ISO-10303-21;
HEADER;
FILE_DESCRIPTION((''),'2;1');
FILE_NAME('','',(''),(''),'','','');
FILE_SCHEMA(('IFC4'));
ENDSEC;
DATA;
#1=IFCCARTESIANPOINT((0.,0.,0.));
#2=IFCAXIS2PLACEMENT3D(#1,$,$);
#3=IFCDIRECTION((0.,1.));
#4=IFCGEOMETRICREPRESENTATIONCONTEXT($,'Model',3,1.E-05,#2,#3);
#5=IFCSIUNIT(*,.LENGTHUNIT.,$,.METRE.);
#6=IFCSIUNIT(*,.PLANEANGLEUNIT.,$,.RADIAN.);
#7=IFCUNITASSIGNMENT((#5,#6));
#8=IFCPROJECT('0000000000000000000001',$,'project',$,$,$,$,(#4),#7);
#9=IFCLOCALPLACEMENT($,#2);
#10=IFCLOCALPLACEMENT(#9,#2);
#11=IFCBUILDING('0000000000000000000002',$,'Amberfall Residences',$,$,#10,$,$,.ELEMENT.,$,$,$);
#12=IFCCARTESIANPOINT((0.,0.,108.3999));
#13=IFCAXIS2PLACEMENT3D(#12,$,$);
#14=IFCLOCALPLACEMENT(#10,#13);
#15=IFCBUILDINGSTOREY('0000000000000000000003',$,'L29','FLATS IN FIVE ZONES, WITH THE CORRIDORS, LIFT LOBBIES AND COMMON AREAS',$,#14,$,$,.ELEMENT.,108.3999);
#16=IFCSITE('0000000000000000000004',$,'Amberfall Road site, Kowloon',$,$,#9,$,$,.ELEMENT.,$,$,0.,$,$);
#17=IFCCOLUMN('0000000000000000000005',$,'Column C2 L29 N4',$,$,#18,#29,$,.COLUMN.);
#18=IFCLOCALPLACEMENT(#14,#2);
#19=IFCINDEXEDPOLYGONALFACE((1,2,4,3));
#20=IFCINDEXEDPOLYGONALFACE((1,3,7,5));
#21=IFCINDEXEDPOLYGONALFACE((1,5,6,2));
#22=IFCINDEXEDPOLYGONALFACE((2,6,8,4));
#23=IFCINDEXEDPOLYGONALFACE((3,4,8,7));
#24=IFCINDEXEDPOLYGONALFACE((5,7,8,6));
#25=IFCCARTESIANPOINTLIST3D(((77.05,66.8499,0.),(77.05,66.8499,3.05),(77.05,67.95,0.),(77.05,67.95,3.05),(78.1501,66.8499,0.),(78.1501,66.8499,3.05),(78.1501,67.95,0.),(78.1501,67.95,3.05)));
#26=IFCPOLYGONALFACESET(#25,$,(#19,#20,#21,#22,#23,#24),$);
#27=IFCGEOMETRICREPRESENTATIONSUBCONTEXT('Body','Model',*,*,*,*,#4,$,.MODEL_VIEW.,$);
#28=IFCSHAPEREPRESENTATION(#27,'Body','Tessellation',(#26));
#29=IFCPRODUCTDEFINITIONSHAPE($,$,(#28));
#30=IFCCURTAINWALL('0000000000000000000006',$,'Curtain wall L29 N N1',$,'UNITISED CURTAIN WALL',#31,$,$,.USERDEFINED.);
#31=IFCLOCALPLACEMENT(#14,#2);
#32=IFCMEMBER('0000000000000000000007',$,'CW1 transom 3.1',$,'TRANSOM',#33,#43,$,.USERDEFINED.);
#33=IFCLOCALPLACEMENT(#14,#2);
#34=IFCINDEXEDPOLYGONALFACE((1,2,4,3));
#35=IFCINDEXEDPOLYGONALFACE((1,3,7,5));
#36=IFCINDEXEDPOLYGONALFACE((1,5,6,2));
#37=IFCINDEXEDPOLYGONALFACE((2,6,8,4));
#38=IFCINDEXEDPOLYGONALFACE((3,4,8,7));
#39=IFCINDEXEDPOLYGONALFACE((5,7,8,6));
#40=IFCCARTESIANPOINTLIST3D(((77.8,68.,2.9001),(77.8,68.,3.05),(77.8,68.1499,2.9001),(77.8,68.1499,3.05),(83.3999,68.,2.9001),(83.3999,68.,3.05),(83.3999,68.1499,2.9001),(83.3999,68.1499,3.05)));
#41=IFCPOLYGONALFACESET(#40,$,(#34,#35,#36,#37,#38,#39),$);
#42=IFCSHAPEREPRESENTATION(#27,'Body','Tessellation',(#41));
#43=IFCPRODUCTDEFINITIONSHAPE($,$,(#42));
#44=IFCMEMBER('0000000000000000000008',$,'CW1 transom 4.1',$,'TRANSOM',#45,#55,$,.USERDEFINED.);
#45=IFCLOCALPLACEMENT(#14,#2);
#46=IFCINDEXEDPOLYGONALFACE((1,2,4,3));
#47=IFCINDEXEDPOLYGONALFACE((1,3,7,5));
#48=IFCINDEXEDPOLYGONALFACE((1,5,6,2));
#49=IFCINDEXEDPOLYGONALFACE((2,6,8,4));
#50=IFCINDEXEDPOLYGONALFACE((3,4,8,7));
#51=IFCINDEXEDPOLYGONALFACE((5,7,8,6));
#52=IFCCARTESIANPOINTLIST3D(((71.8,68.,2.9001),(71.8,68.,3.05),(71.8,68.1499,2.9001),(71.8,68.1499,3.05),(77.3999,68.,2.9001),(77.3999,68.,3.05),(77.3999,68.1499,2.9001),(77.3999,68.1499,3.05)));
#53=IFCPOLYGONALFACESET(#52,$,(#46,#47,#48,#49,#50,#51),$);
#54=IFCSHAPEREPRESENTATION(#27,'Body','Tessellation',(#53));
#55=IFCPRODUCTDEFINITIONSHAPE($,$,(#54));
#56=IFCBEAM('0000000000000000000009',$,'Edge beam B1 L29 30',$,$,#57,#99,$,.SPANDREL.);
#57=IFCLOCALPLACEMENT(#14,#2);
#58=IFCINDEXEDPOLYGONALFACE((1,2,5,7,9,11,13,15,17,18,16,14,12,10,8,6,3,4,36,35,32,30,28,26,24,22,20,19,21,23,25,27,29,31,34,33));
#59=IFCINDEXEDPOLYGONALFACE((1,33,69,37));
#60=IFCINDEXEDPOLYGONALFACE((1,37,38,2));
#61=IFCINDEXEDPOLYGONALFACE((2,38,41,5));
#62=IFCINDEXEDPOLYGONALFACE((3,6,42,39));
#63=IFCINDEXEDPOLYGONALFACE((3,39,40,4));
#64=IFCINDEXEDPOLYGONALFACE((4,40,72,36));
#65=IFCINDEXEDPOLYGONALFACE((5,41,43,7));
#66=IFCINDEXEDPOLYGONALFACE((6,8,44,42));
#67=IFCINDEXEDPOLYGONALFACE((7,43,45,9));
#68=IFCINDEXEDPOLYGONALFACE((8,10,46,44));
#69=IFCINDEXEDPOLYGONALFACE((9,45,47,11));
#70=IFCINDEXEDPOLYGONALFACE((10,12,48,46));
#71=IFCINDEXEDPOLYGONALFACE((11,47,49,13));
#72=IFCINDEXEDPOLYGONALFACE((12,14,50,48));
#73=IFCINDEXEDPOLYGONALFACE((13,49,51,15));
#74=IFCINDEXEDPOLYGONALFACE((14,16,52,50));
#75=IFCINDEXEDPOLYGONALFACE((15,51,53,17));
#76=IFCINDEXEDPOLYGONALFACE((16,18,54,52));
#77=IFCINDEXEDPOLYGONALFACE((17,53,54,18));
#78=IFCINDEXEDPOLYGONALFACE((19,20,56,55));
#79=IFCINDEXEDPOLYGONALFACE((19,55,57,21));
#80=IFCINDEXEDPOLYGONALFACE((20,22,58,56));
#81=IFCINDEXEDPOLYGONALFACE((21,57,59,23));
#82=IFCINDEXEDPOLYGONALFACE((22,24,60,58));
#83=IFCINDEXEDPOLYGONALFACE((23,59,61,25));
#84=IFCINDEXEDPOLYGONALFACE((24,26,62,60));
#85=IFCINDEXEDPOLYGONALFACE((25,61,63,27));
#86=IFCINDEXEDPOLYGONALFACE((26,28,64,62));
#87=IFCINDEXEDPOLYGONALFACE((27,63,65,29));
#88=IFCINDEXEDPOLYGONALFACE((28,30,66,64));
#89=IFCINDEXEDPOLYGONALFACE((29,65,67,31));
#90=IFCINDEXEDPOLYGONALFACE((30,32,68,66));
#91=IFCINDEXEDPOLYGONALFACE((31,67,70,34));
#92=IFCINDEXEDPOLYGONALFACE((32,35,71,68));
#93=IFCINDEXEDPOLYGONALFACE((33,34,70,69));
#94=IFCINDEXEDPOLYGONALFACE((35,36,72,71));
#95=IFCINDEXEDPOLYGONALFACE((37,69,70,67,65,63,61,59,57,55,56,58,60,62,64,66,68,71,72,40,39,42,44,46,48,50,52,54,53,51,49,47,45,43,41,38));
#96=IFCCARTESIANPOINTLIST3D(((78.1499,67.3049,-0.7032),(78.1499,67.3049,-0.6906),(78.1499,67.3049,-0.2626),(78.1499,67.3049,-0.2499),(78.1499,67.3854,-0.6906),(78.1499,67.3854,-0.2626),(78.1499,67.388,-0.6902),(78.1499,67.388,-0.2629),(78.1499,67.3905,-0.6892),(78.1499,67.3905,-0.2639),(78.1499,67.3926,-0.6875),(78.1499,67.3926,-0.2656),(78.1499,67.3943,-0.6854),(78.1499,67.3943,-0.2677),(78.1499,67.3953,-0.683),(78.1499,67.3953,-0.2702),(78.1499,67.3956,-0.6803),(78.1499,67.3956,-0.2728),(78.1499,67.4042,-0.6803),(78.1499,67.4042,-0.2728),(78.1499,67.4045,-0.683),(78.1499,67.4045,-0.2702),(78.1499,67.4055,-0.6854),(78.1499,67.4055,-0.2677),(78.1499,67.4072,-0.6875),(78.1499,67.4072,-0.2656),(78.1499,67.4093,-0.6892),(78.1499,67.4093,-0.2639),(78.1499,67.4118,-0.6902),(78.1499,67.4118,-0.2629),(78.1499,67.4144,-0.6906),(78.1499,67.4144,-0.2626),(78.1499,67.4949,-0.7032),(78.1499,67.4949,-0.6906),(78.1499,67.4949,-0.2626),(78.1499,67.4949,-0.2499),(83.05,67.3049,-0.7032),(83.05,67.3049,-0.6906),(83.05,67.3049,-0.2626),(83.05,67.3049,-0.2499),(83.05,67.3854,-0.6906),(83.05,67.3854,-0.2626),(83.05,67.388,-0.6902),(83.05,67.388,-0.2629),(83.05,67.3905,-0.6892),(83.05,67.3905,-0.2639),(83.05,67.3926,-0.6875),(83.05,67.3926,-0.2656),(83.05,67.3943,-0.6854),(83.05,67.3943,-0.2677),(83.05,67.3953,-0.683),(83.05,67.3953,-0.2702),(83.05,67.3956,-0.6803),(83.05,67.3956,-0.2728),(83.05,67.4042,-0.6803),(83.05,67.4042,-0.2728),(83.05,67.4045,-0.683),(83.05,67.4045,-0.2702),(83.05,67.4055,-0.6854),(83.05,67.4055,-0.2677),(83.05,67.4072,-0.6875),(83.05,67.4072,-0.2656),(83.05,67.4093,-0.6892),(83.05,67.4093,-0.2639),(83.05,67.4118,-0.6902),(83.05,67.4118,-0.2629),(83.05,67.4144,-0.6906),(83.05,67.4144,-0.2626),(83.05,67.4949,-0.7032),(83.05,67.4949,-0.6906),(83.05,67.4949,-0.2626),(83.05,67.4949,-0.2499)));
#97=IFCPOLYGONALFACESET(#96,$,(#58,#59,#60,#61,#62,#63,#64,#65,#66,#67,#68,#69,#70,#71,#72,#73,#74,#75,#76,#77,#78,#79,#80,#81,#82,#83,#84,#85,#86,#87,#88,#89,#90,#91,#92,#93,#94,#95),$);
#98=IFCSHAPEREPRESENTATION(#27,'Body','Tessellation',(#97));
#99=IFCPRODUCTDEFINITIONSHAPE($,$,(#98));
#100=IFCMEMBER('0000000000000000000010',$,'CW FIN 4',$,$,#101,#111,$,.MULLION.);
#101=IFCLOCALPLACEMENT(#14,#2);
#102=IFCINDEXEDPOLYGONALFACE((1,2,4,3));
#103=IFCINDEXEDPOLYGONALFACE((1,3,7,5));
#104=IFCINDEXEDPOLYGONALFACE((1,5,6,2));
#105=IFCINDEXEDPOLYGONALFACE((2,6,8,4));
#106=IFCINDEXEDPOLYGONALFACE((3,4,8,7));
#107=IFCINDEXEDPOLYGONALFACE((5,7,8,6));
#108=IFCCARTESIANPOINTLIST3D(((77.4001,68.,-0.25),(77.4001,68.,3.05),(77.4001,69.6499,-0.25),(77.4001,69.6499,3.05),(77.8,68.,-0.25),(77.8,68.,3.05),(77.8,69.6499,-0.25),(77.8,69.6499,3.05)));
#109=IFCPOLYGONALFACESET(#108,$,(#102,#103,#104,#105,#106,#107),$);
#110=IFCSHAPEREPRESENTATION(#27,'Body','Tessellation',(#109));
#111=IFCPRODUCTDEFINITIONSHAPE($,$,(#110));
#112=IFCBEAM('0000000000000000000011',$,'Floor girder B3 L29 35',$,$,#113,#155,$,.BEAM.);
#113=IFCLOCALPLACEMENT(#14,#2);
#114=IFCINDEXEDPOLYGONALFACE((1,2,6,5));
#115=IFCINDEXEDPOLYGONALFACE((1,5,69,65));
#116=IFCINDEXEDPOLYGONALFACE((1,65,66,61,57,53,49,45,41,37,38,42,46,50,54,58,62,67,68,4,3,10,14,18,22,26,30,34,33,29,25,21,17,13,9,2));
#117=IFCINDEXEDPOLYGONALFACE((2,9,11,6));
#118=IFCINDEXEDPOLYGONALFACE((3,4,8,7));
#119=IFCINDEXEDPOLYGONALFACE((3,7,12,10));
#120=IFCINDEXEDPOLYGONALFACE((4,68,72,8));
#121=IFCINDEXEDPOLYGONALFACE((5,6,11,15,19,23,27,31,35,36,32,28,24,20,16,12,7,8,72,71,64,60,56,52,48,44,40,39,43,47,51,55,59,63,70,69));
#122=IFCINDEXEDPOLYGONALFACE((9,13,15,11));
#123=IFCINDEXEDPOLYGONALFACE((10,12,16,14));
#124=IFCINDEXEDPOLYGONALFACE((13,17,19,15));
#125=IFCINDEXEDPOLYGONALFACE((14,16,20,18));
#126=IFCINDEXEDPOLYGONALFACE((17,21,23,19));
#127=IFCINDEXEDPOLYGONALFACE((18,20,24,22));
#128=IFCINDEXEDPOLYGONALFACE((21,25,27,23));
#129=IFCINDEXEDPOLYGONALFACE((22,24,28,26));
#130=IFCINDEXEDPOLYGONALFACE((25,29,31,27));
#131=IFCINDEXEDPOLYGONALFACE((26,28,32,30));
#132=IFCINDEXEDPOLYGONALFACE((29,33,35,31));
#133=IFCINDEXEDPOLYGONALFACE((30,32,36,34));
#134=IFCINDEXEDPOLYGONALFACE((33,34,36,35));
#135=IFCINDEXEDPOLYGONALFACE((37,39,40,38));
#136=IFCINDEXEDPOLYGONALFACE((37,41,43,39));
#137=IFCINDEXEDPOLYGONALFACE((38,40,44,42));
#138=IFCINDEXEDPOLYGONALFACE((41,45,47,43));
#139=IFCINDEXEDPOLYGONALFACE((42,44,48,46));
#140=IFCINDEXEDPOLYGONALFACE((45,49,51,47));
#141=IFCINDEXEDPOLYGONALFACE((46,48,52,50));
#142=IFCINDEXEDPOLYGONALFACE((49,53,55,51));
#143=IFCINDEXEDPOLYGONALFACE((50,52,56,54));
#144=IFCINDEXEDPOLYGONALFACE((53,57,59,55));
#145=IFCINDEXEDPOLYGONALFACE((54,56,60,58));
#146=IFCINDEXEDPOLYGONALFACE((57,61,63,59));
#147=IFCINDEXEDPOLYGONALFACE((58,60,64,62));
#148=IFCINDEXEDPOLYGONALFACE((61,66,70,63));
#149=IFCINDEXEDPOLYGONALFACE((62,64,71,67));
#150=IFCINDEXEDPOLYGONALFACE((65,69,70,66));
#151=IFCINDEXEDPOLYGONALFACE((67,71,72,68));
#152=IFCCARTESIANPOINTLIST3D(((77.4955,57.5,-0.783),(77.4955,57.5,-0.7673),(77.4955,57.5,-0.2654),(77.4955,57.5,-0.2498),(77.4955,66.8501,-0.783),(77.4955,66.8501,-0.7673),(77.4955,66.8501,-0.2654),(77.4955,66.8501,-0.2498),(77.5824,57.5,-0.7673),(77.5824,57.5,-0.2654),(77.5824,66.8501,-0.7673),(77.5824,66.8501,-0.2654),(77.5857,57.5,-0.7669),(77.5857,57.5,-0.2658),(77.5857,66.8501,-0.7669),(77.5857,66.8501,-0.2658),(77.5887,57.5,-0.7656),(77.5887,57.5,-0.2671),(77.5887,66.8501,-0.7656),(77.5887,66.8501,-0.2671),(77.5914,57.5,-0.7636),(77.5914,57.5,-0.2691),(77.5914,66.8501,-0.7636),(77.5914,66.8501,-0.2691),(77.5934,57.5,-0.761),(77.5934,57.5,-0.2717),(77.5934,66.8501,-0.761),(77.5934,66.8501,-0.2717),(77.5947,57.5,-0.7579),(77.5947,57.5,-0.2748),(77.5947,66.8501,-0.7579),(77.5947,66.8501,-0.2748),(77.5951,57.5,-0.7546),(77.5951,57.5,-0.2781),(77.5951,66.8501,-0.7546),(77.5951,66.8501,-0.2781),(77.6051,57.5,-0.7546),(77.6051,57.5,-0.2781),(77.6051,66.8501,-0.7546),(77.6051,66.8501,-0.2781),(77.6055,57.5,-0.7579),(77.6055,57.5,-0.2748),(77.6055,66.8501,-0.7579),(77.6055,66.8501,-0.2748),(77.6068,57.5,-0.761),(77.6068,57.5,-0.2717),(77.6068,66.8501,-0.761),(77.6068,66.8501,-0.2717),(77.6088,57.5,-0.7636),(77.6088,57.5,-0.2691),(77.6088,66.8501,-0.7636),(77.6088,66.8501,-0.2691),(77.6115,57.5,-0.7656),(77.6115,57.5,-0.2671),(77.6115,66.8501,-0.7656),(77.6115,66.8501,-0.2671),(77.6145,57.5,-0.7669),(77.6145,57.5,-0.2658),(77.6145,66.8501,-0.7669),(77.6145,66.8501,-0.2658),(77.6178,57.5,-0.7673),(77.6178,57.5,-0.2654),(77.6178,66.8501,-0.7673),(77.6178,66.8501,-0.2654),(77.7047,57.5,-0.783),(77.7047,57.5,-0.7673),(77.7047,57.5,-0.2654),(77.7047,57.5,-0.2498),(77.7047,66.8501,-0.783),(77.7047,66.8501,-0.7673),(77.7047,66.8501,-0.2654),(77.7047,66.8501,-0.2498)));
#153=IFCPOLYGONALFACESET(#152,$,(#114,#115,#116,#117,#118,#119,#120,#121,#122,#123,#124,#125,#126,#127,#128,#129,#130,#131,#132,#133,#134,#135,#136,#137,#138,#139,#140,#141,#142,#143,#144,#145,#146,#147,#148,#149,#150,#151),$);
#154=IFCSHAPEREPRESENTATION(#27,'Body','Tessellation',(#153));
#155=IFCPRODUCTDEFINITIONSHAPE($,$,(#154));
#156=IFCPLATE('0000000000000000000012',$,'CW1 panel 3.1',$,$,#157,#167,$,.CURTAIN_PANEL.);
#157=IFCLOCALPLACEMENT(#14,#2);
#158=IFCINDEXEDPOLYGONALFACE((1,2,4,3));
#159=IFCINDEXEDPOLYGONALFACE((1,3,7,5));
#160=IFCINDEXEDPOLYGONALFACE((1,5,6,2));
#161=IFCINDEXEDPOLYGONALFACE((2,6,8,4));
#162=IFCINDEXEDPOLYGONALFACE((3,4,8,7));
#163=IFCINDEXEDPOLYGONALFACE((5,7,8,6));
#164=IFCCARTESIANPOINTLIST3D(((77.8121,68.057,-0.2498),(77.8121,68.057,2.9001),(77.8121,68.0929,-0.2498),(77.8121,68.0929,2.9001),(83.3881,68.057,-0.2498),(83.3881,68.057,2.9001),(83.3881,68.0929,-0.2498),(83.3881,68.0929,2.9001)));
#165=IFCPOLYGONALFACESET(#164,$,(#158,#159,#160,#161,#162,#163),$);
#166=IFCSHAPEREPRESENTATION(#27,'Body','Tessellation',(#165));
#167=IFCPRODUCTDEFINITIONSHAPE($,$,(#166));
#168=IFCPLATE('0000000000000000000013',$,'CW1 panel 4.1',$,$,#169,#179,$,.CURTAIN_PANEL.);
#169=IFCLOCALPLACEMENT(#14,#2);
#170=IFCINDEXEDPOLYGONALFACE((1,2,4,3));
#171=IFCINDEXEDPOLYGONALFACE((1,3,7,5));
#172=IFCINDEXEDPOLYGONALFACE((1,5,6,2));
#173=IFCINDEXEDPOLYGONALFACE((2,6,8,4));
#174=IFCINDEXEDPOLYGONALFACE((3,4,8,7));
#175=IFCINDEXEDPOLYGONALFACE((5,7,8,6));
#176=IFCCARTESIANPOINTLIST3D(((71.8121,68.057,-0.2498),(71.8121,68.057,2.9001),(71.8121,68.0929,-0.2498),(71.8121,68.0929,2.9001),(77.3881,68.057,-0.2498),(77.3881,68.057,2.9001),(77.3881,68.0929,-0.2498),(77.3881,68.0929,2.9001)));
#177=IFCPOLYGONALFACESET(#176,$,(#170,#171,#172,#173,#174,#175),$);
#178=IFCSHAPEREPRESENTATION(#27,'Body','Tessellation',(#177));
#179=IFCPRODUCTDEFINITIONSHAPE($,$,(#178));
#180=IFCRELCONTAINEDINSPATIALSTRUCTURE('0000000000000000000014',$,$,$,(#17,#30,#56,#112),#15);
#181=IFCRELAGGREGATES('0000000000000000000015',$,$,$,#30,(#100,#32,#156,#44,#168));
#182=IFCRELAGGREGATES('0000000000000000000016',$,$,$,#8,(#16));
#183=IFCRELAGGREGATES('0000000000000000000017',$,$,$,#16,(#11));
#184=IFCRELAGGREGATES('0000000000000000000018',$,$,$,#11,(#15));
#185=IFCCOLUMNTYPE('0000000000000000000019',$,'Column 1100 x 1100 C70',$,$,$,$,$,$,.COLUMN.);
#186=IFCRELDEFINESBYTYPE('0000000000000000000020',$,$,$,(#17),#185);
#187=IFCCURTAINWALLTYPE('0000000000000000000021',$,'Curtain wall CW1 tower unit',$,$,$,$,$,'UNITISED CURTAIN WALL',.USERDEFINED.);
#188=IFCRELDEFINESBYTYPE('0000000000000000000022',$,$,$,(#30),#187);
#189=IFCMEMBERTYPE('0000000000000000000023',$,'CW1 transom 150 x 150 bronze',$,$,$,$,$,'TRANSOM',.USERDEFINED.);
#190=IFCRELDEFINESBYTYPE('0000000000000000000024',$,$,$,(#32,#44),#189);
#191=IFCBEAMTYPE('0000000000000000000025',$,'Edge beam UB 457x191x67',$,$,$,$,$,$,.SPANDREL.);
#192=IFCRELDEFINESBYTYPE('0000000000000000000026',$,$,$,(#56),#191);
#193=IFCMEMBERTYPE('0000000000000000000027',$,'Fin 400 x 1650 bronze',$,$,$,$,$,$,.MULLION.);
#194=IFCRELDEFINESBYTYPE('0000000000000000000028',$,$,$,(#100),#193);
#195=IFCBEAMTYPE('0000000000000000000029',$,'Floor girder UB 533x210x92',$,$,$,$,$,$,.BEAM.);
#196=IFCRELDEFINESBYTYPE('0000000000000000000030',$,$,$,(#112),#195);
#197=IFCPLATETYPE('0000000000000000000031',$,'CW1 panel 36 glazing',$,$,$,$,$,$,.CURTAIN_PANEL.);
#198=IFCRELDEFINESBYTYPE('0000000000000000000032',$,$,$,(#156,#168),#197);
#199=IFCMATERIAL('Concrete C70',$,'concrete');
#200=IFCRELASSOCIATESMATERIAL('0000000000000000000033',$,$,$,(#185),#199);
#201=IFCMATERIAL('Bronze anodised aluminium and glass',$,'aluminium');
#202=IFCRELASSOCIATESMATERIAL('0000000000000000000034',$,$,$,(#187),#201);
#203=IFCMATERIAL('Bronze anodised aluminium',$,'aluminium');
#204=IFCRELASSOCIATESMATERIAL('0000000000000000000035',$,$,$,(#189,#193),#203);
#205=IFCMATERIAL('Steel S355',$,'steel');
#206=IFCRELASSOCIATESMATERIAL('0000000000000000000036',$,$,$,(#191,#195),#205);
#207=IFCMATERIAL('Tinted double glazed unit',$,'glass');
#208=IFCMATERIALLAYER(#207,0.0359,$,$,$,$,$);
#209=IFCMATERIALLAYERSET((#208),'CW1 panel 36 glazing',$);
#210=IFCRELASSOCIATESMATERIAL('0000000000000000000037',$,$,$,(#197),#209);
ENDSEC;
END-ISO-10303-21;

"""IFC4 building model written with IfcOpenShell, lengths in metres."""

from ifc_helpers import new_model, si_unit, direction, frame, origin, origin_2d, place, context, subcontext, project, spatial, rectangle, i_section, extrude, material, layer, layer_set, material_profile, profile_set, type_object, element, aggregate, save


model = new_model("IFC4")

# Units and contexts
model_context = context("Model", 3, precision=1e-05, world=origin(), true_north=direction((0.0, 1.0)))
body_context = subcontext(model_context, "Body", "Model", "MODEL_VIEW")
ifc_project = project(units=[si_unit("LENGTHUNIT", "METRE"), si_unit("PLANEANGLEUNIT", "RADIAN")], contexts=[model_context])

# Site, building, storey
site_placement = place(None, origin())
site = spatial("IfcSite", under=ifc_project, at=site_placement, Name="Amberfall Road site, Kowloon", CompositionType="ELEMENT", RefElevation=0.0)
building_placement = place(site_placement, origin())
building = spatial("IfcBuilding", under=site, at=building_placement, Name="Amberfall Residences", CompositionType="ELEMENT")
storey_placement = place(building_placement, frame((0.0, 0.0, 108.3999)))
storey = spatial("IfcBuildingStorey", under=building, at=storey_placement, Name="L29", Description="FLATS IN FIVE ZONES, WITH THE CORRIDORS, LIFT LOBBIES AND COMMON AREAS", CompositionType="ELEMENT", Elevation=108.3999)

# Column
ifc_material_1 = material(Name="Concrete C70", Category="concrete")
ifc_material_profile_1 = material_profile(ifc_material_1, rectangle(XDim=1.1001, YDim=1.1001, at=origin_2d()), Name="Column 1100 x 1100 C70")
ifc_profile_set_1 = profile_set([ifc_material_profile_1], Name="Concrete C70")
column_type = type_object("IfcColumnType", Name="Column 1100 x 1100 C70", PredefinedType="COLUMN", material=ifc_profile_set_1)
column_placement = place(storey_placement, frame((77.6001, 67.3999, 0.0), z_axis=(0.0, 0.0, 1.0), x_axis=(1.0, 0.0, 0.0)))
element("IfcColumn", 1, at=column_placement, inside=storey, type_object=column_type, Name="Column C2 L29 N4", PredefinedType="COLUMN", context=body_context, shape_type="SweptSolid", body=[
    extrude(rectangle(XDim=1.1001, YDim=1.1001, at=origin_2d()), origin(), (0.0, 0.0, 1.0), 3.05),
])

# Curtain wall, members
ifc_material_2 = material(Name="Bronze anodised aluminium and glass", Category="aluminium")
curtain_wall_type = type_object("IfcCurtainWallType", Name="Curtain wall CW1 tower unit", ElementType="UNITISED CURTAIN WALL", PredefinedType="USERDEFINED", material=ifc_material_2)
curtain_wall_placement = place(storey_placement, origin())
curtain_wall = element("IfcCurtainWall", 2, at=curtain_wall_placement, inside=storey, type_object=curtain_wall_type, Name="Curtain wall L29 N N1", ObjectType="UNITISED CURTAIN WALL", PredefinedType="USERDEFINED")
ifc_material_3 = material(Name="Bronze anodised aluminium", Category="aluminium")
ifc_material_profile_2 = material_profile(ifc_material_3, rectangle(XDim=0.1499, YDim=0.1499, at=origin_2d()), Name="CW1 transom 150 x 150 bronze")
ifc_profile_set_2 = profile_set([ifc_material_profile_2], Name="Bronze anodised aluminium")
member_type_1 = type_object("IfcMemberType", Name="CW1 transom 150 x 150 bronze", ElementType="TRANSOM", PredefinedType="USERDEFINED", material=ifc_profile_set_2)
member_1_placement = place(storey_placement, frame((83.3999, 68.075, 2.9751), z_axis=(-1.0, 0.0, 0.0), x_axis=(0.0, -1.0, 0.0)))
member_1 = element("IfcMember", 3, at=member_1_placement, type_object=member_type_1, Name="CW1 transom 3.1", ObjectType="TRANSOM", PredefinedType="USERDEFINED", context=body_context, shape_type="SweptSolid", body=[
    extrude(rectangle(XDim=0.1499, YDim=0.1499, at=origin_2d()), origin(), (0.0, 0.0, 1.0), 5.5999),
])
member_2_placement = place(storey_placement, frame((77.3999, 68.075, 2.9751), z_axis=(-1.0, 0.0, 0.0), x_axis=(0.0, -1.0, 0.0)))
member_2 = element("IfcMember", 4, at=member_2_placement, type_object=member_type_1, Name="CW1 transom 4.1", ObjectType="TRANSOM", PredefinedType="USERDEFINED", context=body_context, shape_type="SweptSolid", body=[
    extrude(rectangle(XDim=0.1499, YDim=0.1499, at=origin_2d()), origin(), (0.0, 0.0, 1.0), 5.5999),
])

# Beam
ifc_material_4 = material(Name="Steel S355", Category="steel")
ifc_material_profile_3 = material_profile(ifc_material_4, i_section(OverallWidth=0.1899, OverallDepth=0.4534, WebThickness=0.0085, FlangeThickness=0.0127, FilletRadius=0.0103, at=origin_2d()), Name="UB 457x191x67")
ifc_profile_set_3 = profile_set([ifc_material_profile_3], Name="Steel S355")
beam_type_1 = type_object("IfcBeamType", Name="Edge beam UB 457x191x67", PredefinedType="SPANDREL", material=ifc_profile_set_3)
beam_1_placement = place(storey_placement, frame((78.1499, 67.3999, -0.4766), z_axis=(1.0, 0.0, 0.0), x_axis=(0.0, 1.0, 0.0)))
element("IfcBeam", 5, at=beam_1_placement, inside=storey, type_object=beam_type_1, Name="Edge beam B1 L29 30", PredefinedType="SPANDREL", context=body_context, shape_type="SweptSolid", body=[
    extrude(i_section(OverallWidth=0.1899, OverallDepth=0.4534, WebThickness=0.0085, FlangeThickness=0.0127, FilletRadius=0.0103, at=origin_2d()), origin(), (0.0, 0.0, 1.0), 4.9001),
])

# Member
ifc_material_profile_4 = material_profile(ifc_material_3, rectangle(XDim=1.6499, YDim=0.3999, at=origin_2d()), Name="Fin 400 x 1650 bronze")
ifc_profile_set_4 = profile_set([ifc_material_profile_4], Name="Bronze anodised aluminium")
member_type_2 = type_object("IfcMemberType", Name="Fin 400 x 1650 bronze", PredefinedType="MULLION", material=ifc_profile_set_4)
member_3_placement = place(storey_placement, frame((77.6001, 68.825, -0.25), z_axis=(0.0, 0.0, 1.0), x_axis=(0.0, -1.0, 0.0)))
member_3 = element("IfcMember", 6, at=member_3_placement, type_object=member_type_2, Name="CW FIN 4", PredefinedType="MULLION", context=body_context, shape_type="SweptSolid", body=[
    extrude(rectangle(XDim=1.6499, YDim=0.3999, at=origin_2d()), origin(), (0.0, 0.0, 1.0), 3.3),
])

# Beam
ifc_material_profile_5 = material_profile(ifc_material_4, i_section(OverallWidth=0.2092, OverallDepth=0.5332, WebThickness=0.01, FlangeThickness=0.0156, FilletRadius=0.0127, at=origin_2d()), Name="UB 533x210x92")
ifc_profile_set_5 = profile_set([ifc_material_profile_5], Name="Steel S355")
beam_type_2 = type_object("IfcBeamType", Name="Floor girder UB 533x210x92", PredefinedType="BEAM", material=ifc_profile_set_5)
beam_2_placement = place(storey_placement, frame((77.6001, 66.8501, -0.5164), z_axis=(0.0, -1.0, 0.0), x_axis=(1.0, 0.0, 0.0)))
element("IfcBeam", 7, at=beam_2_placement, inside=storey, type_object=beam_type_2, Name="Floor girder B3 L29 35", PredefinedType="BEAM", context=body_context, shape_type="SweptSolid", body=[
    extrude(i_section(OverallWidth=0.2092, OverallDepth=0.5332, WebThickness=0.01, FlangeThickness=0.0156, FilletRadius=0.0127, at=origin_2d()), origin(), (0.0, 0.0, 1.0), 9.3501),
])

# Plates
ifc_material_5 = material(Name="Tinted double glazed unit", Category="glass")
ifc_layer_1 = layer(ifc_material_5, 0.0359)
ifc_layer_set_1 = layer_set([ifc_layer_1], Name="CW1 panel 36 glazing")
plate_type = type_object("IfcPlateType", Name="CW1 panel 36 glazing", PredefinedType="CURTAIN_PANEL", material=ifc_layer_set_1)
plate_1_placement = place(storey_placement, frame((80.6001, 68.075, -0.2498), z_axis=(0.0, 0.0, 1.0), x_axis=(-1.0, 0.0, 0.0)))
plate_1 = element("IfcPlate", 8, at=plate_1_placement, type_object=plate_type, Name="CW1 panel 3.1", PredefinedType="CURTAIN_PANEL", context=body_context, shape_type="SweptSolid", body=[
    extrude(rectangle(XDim=5.5759, YDim=0.0359, at=origin_2d()), origin(), (0.0, 0.0, 1.0), 3.1499),
])
plate_2_placement = place(storey_placement, frame((74.6001, 68.075, -0.2498), z_axis=(0.0, 0.0, 1.0), x_axis=(-1.0, 0.0, 0.0)))
plate_2 = element("IfcPlate", 9, at=plate_2_placement, type_object=plate_type, Name="CW1 panel 4.1", PredefinedType="CURTAIN_PANEL", context=body_context, shape_type="SweptSolid", body=[
    extrude(rectangle(XDim=5.5759, YDim=0.0359, at=origin_2d()), origin(), (0.0, 0.0, 1.0), 3.1499),
])
aggregate(curtain_wall, [member_3, member_1, plate_1, member_2, plate_2])

save(model, "model.ifc")
